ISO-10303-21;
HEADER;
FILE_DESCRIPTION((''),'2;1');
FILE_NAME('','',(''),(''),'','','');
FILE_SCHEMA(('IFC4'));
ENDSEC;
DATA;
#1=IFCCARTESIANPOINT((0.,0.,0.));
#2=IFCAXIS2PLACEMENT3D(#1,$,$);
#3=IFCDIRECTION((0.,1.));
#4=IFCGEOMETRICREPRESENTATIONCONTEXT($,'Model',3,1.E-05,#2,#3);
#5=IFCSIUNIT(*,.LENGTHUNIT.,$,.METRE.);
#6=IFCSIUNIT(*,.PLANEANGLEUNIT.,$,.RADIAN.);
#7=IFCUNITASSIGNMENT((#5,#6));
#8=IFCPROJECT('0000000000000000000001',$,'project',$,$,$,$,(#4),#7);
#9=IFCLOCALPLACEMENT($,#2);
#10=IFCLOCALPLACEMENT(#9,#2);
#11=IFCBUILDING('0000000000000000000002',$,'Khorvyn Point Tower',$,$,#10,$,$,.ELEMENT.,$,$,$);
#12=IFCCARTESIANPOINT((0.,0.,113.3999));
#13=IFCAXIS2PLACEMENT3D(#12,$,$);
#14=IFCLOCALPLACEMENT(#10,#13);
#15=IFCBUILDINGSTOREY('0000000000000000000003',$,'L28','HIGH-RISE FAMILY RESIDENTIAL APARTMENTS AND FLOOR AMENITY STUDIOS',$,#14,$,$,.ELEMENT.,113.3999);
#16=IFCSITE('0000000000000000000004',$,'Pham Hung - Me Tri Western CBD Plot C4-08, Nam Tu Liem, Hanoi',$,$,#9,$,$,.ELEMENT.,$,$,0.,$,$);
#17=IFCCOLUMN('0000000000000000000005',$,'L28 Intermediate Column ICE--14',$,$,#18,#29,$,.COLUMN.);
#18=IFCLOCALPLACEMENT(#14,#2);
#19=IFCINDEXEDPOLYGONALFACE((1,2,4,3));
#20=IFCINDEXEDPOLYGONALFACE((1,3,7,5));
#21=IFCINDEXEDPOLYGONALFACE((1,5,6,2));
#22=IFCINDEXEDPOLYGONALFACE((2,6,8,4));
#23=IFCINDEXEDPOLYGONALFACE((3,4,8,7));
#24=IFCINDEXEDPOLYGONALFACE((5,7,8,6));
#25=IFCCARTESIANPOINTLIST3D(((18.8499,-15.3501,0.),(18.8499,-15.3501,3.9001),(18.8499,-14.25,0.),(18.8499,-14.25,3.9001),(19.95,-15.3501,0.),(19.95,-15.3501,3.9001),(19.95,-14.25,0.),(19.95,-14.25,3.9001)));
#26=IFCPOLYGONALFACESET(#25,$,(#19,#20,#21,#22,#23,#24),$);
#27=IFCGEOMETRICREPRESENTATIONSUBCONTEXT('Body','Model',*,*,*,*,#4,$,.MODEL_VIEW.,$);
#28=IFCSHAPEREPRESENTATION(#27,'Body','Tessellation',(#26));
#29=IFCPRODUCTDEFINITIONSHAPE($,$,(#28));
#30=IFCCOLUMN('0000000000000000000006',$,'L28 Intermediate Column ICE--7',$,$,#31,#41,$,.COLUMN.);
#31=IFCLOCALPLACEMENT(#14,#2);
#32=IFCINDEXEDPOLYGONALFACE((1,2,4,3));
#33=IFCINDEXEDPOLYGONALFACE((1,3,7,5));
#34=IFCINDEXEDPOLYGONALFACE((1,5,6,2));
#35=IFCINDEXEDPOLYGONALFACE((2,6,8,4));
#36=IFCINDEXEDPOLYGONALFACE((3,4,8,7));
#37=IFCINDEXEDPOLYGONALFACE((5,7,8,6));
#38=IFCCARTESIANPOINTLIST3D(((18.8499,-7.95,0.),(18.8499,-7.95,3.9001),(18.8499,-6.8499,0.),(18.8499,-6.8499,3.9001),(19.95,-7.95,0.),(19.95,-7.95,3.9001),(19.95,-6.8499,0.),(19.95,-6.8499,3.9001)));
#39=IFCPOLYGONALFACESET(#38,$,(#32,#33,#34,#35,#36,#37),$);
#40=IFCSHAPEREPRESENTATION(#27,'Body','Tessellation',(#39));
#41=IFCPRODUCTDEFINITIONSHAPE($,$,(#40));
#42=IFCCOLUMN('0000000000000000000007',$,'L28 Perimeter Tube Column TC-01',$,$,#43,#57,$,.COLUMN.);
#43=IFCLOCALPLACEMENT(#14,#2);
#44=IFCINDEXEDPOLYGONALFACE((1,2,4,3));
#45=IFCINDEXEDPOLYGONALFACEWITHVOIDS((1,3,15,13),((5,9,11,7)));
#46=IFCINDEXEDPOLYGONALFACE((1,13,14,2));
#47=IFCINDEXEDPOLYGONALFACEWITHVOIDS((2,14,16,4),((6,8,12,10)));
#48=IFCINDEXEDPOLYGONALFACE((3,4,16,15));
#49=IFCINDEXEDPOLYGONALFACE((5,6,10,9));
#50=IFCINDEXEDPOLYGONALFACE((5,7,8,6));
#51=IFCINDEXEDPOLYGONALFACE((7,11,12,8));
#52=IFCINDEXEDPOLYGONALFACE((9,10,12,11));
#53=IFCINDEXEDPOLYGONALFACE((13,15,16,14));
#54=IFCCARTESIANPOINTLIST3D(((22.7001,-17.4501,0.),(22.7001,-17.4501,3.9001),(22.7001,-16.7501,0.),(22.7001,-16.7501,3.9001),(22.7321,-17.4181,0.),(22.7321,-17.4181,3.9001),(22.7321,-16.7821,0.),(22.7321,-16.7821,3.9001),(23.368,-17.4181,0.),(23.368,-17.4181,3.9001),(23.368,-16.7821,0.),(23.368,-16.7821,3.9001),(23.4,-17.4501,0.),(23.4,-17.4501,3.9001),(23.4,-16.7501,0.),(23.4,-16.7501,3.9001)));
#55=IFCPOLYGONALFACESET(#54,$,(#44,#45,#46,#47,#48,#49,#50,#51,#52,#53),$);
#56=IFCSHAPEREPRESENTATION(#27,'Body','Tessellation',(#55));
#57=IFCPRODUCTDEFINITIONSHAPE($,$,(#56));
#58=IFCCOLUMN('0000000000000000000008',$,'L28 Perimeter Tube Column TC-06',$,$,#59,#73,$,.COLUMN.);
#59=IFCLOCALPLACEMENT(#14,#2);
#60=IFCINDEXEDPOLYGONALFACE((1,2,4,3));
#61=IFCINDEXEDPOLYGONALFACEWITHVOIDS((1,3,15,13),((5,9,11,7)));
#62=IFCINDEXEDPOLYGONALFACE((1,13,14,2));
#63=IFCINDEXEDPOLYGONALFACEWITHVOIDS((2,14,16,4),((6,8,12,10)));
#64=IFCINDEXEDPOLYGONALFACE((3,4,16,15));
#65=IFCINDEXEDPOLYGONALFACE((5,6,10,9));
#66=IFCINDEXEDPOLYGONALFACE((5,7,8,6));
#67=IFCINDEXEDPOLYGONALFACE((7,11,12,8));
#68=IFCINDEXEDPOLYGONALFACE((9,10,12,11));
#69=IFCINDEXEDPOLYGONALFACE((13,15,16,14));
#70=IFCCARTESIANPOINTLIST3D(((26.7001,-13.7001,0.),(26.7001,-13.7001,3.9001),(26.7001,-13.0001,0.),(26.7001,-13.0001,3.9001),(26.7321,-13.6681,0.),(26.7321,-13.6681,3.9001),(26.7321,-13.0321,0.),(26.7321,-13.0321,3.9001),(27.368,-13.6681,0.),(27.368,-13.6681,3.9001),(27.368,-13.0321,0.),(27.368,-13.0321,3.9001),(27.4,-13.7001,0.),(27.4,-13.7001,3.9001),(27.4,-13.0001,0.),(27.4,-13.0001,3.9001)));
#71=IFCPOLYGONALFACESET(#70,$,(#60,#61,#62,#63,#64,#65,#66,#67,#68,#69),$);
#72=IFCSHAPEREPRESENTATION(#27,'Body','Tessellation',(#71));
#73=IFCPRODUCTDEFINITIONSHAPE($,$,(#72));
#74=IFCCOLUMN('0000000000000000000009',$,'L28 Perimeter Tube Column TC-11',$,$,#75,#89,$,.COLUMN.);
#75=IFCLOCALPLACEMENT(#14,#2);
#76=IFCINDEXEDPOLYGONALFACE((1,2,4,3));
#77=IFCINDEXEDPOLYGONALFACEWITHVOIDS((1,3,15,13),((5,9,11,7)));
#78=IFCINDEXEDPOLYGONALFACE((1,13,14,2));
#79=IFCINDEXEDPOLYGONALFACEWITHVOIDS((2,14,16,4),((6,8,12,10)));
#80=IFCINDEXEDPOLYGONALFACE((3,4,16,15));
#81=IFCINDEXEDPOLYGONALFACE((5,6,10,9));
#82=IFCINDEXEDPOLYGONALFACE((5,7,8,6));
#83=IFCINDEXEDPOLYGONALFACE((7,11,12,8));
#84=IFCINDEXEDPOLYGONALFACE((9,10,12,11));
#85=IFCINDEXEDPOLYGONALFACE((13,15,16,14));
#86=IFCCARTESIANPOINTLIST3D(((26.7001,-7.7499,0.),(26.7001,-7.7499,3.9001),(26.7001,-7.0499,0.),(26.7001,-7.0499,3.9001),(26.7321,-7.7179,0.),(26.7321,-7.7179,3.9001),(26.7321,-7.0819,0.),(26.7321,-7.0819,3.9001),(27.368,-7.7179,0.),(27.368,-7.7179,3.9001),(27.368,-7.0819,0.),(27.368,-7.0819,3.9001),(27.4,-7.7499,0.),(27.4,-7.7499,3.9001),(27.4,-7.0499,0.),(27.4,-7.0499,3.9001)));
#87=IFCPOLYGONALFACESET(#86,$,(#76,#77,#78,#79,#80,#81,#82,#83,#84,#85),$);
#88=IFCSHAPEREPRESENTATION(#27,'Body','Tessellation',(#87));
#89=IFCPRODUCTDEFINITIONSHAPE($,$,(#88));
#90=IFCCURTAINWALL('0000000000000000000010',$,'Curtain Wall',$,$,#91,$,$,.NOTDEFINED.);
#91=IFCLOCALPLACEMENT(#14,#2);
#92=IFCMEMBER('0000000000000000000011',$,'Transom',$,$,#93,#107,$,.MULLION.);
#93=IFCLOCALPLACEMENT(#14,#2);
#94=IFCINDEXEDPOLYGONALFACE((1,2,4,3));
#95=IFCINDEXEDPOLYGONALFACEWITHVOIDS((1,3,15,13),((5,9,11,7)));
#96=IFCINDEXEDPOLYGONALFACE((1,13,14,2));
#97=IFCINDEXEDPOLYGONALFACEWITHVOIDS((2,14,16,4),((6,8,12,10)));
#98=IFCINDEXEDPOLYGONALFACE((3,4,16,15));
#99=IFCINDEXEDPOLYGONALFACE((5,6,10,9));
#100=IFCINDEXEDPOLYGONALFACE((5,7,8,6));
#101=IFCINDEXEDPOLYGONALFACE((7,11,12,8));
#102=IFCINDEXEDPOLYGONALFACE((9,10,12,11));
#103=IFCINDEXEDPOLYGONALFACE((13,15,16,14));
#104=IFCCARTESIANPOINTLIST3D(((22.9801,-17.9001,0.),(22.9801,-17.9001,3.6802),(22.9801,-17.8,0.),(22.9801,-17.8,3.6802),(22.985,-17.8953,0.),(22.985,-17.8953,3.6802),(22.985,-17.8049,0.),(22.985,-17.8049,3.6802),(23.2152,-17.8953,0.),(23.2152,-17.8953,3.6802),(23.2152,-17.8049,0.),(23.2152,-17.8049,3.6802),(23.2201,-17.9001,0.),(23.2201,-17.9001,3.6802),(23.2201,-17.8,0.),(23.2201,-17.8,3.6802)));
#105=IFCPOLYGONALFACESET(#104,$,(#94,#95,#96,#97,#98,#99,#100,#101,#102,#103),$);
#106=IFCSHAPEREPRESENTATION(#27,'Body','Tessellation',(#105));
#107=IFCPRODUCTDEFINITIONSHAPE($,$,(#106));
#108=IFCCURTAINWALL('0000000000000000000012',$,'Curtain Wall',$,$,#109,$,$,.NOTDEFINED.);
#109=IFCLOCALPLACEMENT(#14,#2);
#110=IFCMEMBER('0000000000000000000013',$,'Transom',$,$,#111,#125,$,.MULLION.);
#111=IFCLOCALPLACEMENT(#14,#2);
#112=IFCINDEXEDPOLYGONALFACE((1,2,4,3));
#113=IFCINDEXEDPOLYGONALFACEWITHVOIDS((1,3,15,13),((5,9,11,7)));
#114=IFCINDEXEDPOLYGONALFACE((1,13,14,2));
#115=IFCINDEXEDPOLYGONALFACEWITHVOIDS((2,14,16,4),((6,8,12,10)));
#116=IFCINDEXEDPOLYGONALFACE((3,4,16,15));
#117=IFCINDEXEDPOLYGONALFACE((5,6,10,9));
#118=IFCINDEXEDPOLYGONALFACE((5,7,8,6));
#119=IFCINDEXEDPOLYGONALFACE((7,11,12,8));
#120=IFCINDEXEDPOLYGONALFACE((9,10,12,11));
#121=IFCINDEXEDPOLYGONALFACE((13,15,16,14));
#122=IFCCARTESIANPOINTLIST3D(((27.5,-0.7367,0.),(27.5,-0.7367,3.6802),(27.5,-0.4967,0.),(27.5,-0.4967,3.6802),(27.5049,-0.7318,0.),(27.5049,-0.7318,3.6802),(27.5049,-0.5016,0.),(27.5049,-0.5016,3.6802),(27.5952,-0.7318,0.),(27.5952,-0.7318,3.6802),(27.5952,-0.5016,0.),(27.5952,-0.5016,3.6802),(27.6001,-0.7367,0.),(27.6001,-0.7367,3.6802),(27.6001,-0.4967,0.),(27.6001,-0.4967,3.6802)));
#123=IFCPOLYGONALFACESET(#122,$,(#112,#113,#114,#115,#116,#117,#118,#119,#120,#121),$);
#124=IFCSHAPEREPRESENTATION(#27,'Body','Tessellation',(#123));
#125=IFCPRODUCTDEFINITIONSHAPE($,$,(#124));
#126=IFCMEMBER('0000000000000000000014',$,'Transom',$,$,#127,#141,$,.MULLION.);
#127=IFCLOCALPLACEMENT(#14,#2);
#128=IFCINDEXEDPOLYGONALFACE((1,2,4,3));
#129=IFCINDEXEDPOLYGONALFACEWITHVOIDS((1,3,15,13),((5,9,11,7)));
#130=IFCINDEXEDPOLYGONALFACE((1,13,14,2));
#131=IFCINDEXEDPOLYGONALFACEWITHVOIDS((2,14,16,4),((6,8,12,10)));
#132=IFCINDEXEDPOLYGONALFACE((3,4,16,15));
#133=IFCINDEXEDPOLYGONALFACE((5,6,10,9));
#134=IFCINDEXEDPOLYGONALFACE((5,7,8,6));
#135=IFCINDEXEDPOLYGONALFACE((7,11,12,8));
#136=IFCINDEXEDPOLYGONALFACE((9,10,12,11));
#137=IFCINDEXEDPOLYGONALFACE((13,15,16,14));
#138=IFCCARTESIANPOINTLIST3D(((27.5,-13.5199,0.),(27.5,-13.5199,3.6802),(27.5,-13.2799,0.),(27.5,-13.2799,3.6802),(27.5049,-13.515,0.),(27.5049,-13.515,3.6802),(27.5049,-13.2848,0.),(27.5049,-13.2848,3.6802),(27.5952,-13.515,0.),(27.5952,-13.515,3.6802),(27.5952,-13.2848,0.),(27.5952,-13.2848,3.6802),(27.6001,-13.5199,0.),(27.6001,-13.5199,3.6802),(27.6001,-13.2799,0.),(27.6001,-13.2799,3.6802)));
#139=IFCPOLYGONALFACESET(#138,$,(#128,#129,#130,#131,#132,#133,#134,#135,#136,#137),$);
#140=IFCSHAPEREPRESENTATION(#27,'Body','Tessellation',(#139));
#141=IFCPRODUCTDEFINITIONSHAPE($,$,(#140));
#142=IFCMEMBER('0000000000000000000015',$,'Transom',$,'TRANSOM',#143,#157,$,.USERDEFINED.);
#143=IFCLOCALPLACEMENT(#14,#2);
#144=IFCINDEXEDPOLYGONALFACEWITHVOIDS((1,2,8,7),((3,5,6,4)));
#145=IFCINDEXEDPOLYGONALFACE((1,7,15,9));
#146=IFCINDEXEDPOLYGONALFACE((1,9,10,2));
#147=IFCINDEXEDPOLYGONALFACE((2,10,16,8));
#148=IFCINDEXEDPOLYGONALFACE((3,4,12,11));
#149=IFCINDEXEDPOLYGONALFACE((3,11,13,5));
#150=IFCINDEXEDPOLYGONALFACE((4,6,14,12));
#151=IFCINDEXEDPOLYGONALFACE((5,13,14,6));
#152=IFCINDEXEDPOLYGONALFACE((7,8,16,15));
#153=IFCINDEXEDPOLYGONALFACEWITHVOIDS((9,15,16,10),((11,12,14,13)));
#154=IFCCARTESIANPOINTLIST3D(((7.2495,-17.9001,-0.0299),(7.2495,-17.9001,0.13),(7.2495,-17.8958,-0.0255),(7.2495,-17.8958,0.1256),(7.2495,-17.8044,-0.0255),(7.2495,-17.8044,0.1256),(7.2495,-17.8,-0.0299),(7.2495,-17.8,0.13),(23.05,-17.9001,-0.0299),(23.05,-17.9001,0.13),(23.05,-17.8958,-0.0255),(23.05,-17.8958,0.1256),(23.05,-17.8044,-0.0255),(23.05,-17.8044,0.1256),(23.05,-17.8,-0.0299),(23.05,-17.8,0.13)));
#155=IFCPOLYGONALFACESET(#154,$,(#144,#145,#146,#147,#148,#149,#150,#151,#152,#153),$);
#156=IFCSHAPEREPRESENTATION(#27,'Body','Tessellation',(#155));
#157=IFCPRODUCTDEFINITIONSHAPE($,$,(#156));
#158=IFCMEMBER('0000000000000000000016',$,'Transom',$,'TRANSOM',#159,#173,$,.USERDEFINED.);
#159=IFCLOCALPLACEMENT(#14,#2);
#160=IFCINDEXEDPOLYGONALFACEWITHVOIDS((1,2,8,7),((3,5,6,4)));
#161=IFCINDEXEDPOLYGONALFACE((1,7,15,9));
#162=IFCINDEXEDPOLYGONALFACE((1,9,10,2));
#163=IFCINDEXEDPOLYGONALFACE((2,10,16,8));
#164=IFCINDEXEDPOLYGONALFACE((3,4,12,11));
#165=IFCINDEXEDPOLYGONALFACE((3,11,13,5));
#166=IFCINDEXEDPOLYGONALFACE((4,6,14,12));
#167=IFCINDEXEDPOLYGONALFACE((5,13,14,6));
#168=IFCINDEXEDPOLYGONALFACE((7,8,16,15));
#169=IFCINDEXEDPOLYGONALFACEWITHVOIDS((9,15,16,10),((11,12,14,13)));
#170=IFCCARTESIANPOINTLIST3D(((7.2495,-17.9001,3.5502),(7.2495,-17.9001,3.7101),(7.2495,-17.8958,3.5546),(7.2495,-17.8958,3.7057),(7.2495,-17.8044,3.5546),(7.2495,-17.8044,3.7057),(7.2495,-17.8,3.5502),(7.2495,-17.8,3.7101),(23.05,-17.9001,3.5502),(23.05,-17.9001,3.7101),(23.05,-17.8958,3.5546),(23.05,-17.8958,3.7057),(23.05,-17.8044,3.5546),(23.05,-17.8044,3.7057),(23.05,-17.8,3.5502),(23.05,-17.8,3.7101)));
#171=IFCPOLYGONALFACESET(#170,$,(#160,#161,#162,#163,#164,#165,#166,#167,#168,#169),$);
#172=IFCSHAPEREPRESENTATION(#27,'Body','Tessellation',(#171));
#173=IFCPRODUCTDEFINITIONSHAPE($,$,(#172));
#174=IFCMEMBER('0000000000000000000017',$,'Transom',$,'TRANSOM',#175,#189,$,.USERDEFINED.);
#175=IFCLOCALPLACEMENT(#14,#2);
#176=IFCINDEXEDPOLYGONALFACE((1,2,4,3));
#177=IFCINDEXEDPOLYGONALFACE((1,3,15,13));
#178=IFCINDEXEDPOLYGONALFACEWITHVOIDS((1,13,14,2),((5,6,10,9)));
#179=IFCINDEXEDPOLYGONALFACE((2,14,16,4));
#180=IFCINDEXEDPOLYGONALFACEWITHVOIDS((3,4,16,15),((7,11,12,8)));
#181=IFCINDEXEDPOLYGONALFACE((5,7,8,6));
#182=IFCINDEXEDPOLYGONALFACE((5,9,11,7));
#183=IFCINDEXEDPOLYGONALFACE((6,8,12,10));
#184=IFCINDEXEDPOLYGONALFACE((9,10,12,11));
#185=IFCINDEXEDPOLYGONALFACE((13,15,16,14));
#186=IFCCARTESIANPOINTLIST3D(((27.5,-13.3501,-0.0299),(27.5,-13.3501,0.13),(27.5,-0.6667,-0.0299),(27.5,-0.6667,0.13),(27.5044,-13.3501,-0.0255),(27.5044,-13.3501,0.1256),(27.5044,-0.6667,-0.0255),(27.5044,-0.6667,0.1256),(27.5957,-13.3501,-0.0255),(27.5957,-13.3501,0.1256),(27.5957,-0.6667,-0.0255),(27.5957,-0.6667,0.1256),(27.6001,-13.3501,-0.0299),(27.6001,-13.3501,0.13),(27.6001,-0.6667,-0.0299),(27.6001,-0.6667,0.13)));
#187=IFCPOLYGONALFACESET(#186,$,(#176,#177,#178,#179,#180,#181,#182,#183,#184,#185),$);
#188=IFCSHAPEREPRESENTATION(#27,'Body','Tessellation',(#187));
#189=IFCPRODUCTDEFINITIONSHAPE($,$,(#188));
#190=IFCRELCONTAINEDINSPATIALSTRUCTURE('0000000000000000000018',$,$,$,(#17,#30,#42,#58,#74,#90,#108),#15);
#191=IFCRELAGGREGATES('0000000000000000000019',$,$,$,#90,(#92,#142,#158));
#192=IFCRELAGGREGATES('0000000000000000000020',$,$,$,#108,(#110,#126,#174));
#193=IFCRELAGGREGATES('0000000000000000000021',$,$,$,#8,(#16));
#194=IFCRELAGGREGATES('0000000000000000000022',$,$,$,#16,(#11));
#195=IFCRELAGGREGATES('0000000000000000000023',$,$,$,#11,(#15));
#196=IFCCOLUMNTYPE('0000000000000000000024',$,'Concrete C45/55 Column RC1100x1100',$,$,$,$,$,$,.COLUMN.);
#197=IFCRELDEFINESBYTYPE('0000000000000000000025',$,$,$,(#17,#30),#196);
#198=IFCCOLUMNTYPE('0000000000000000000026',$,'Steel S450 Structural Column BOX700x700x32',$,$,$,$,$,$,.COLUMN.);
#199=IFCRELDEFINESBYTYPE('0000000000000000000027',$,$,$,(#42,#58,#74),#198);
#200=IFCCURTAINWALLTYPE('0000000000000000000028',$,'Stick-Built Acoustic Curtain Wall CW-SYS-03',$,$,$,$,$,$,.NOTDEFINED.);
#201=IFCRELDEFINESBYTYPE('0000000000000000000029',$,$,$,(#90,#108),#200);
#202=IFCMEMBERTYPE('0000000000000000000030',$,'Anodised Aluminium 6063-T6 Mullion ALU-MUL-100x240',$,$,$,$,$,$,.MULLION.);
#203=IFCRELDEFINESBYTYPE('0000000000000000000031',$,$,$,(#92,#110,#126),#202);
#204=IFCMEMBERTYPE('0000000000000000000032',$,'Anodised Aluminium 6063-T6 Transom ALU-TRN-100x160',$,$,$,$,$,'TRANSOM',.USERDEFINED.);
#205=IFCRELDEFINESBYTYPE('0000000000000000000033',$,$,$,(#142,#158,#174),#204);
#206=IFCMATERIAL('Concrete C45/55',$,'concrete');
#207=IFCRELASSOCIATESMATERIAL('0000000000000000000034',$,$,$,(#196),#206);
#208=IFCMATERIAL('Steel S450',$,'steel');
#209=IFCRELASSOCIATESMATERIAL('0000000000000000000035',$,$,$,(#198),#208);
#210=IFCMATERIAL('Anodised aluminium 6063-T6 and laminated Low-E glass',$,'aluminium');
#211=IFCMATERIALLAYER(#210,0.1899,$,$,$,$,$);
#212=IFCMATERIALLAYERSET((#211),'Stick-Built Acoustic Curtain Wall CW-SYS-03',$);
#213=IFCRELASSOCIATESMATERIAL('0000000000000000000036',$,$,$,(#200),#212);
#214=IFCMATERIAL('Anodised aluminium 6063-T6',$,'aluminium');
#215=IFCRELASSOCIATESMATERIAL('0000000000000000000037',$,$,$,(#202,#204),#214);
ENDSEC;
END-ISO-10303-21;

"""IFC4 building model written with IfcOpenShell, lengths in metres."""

from ifc_helpers import new_model, si_unit, direction, frame, origin, origin_2d, place, context, subcontext, project, spatial, rectangle, hollow_rectangle, extrude, material, layer, layer_set, material_profile, profile_set, type_object, element, aggregate, save


model = new_model("IFC4")

# Units and contexts
model_context = context("Model", 3, precision=1e-05, world=origin(), true_north=direction((0.0, 1.0)))
body_context = subcontext(model_context, "Body", "Model", "MODEL_VIEW")
ifc_project = project(units=[si_unit("LENGTHUNIT", "METRE"), si_unit("PLANEANGLEUNIT", "RADIAN")], contexts=[model_context])

# Site, building, storey
site_placement = place(None, origin())
site = spatial("IfcSite", under=ifc_project, at=site_placement, Name="Pham Hung - Me Tri Western CBD Plot C4-08, Nam Tu Liem, Hanoi", CompositionType="ELEMENT", RefElevation=0.0)
building_placement = place(site_placement, origin())
building = spatial("IfcBuilding", under=site, at=building_placement, Name="Khorvyn Point Tower", CompositionType="ELEMENT")
storey_placement = place(building_placement, frame((0.0, 0.0, 113.3999)))
storey = spatial("IfcBuildingStorey", under=building, at=storey_placement, Name="L28", Description="HIGH-RISE FAMILY RESIDENTIAL APARTMENTS AND FLOOR AMENITY STUDIOS", CompositionType="ELEMENT", Elevation=113.3999)

# Columns
ifc_material_1 = material(Name="Concrete C45/55", Category="concrete")
ifc_material_profile_1 = material_profile(ifc_material_1, rectangle(XDim=1.1001, YDim=1.1001, at=origin_2d()))
ifc_profile_set_1 = profile_set([ifc_material_profile_1], Name="Concrete C45/55 RC1100x1100")
column_type_1 = type_object("IfcColumnType", Name="Concrete C45/55 Column RC1100x1100", PredefinedType="COLUMN", material=ifc_profile_set_1)
for number, where, z_axis, x_axis, name in (
    (1, (19.3999, -14.8, 0.0), (0.0, 0.0, 1.0), (1.0, 0.0, 0.0), "L28 Intermediate Column ICE--14"),
    (2, (19.3999, -7.3999, 0.0), (0.0, 0.0, 1.0), (1.0, 0.0, 0.0), "L28 Intermediate Column ICE--7"),
):
    element("IfcColumn", number, at=place(storey_placement, frame(where, z_axis=z_axis, x_axis=x_axis)), inside=storey, type_object=column_type_1, Name=name, PredefinedType="COLUMN", context=body_context, shape_type="SweptSolid", body=[
        extrude(rectangle(XDim=1.1001, YDim=1.1001, at=origin_2d()), origin(), (0.0, 0.0, 1.0), 3.9001),
    ])
ifc_material_2 = material(Name="Steel S450", Category="steel")
ifc_material_profile_2 = material_profile(ifc_material_2, hollow_rectangle(XDim=0.7, YDim=0.7, WallThickness=0.032, at=origin_2d()))
ifc_profile_set_2 = profile_set([ifc_material_profile_2], Name="Steel S450 BOX700x700x32")
column_type_2 = type_object("IfcColumnType", Name="Steel S450 Structural Column BOX700x700x32", PredefinedType="COLUMN", material=ifc_profile_set_2)
for number, where, z_axis, x_axis, name in (
    (3, (23.05, -17.1001, 0.0), (0.0, 0.0, 1.0), (1.0, 0.0, 0.0), "L28 Perimeter Tube Column TC-01"),
    (4, (27.05, -13.3501, 0.0), (0.0, 0.0, 1.0), (1.0, 0.0, 0.0), "L28 Perimeter Tube Column TC-06"),
    (5, (27.05, -7.3999, 0.0), (0.0, 0.0, 1.0), (1.0, 0.0, 0.0), "L28 Perimeter Tube Column TC-11"),
):
    element("IfcColumn", number, at=place(storey_placement, frame(where, z_axis=z_axis, x_axis=x_axis)), inside=storey, type_object=column_type_2, Name=name, PredefinedType="COLUMN", context=body_context, shape_type="SweptSolid", body=[
        extrude(hollow_rectangle(XDim=0.7, YDim=0.7, WallThickness=0.032, at=origin_2d()), origin(), (0.0, 0.0, 1.0), 3.9001),
    ])

# Curtain wall, member
ifc_material_3 = material(Name="Anodised aluminium 6063-T6 and laminated Low-E glass", Category="aluminium")
ifc_layer_1 = layer(ifc_material_3, 0.1899)
ifc_layer_set_1 = layer_set([ifc_layer_1], Name="Stick-Built Acoustic Curtain Wall CW-SYS-03")
curtain_wall_type = type_object("IfcCurtainWallType", Name="Stick-Built Acoustic Curtain Wall CW-SYS-03", PredefinedType="NOTDEFINED", material=ifc_layer_set_1)
curtain_wall_1_placement = place(storey_placement, origin())
curtain_wall_1 = element("IfcCurtainWall", 6, at=curtain_wall_1_placement, inside=storey, type_object=curtain_wall_type, Name="Curtain Wall", PredefinedType="NOTDEFINED")
ifc_material_4 = material(Name="Anodised aluminium 6063-T6", Category="aluminium")
ifc_material_profile_3 = material_profile(ifc_material_4, hollow_rectangle(XDim=0.1001, YDim=0.24, WallThickness=0.0049, at=origin_2d()))
ifc_profile_set_3 = profile_set([ifc_material_profile_3], Name="Anodised aluminium 6063-T6 ALU-MUL-100x240")
member_type_1 = type_object("IfcMemberType", Name="Anodised Aluminium 6063-T6 Mullion ALU-MUL-100x240", PredefinedType="MULLION", material=ifc_profile_set_3)
member_1_placement = place(storey_placement, frame((23.1001, -17.8501, 0.0), z_axis=(0.0, 0.0, 1.0), x_axis=(0.0, -1.0, 0.0)))
member_1 = element("IfcMember", 7, at=member_1_placement, type_object=member_type_1, Name="Transom", PredefinedType="MULLION", context=body_context, shape_type="SweptSolid", body=[
    extrude(hollow_rectangle(XDim=0.1001, YDim=0.24, WallThickness=0.0049, at=origin_2d()), origin(), (0.0, 0.0, 1.0), 3.6802),
])

# Curtain wall, members
curtain_wall_2_placement = place(storey_placement, origin())
curtain_wall_2 = element("IfcCurtainWall", 8, at=curtain_wall_2_placement, inside=storey, type_object=curtain_wall_type, Name="Curtain Wall", PredefinedType="NOTDEFINED")
member_2_placement = place(storey_placement, frame((27.55, -0.6167, 0.0), z_axis=(0.0, 0.0, 1.0), x_axis=(1.0, 0.0, 0.0)))
member_2 = element("IfcMember", 9, at=member_2_placement, type_object=member_type_1, Name="Transom", PredefinedType="MULLION", context=body_context, shape_type="SweptSolid", body=[
    extrude(hollow_rectangle(XDim=0.1001, YDim=0.24, WallThickness=0.0049, at=origin_2d()), origin(), (0.0, 0.0, 1.0), 3.6802),
])
member_3_placement = place(storey_placement, frame((27.55, -13.3999, 0.0), z_axis=(0.0, 0.0, 1.0), x_axis=(1.0, 0.0, 0.0)))
member_3 = element("IfcMember", 10, at=member_3_placement, type_object=member_type_1, Name="Transom", PredefinedType="MULLION", context=body_context, shape_type="SweptSolid", body=[
    extrude(hollow_rectangle(XDim=0.1001, YDim=0.24, WallThickness=0.0049, at=origin_2d()), origin(), (0.0, 0.0, 1.0), 3.6802),
])

# Members
ifc_material_profile_4 = material_profile(ifc_material_4, hollow_rectangle(XDim=0.1001, YDim=0.1599, WallThickness=0.0044, at=origin_2d()))
ifc_profile_set_4 = profile_set([ifc_material_profile_4], Name="Anodised aluminium 6063-T6 ALU-TRN-100x160")
member_type_2 = type_object("IfcMemberType", Name="Anodised Aluminium 6063-T6 Transom ALU-TRN-100x160", ElementType="TRANSOM", PredefinedType="USERDEFINED", material=ifc_profile_set_4)
member_4_placement = place(storey_placement, frame((23.05, -17.8501, 0.05), z_axis=(-1.0, 0.0, 0.0), x_axis=(0.0, -1.0, 0.0)))
member_4 = element("IfcMember", 11, at=member_4_placement, type_object=member_type_2, Name="Transom", ObjectType="TRANSOM", PredefinedType="USERDEFINED", context=body_context, shape_type="SweptSolid", body=[
    extrude(hollow_rectangle(XDim=0.1001, YDim=0.1599, WallThickness=0.0044, at=origin_2d()), origin(), (0.0, 0.0, 1.0), 15.8005),
])
member_5_placement = place(storey_placement, frame((23.05, -17.8501, 3.6301), z_axis=(-1.0, 0.0, 0.0), x_axis=(0.0, -1.0, 0.0)))
member_5 = element("IfcMember", 12, at=member_5_placement, type_object=member_type_2, Name="Transom", ObjectType="TRANSOM", PredefinedType="USERDEFINED", context=body_context, shape_type="SweptSolid", body=[
    extrude(hollow_rectangle(XDim=0.1001, YDim=0.1599, WallThickness=0.0044, at=origin_2d()), origin(), (0.0, 0.0, 1.0), 15.8005),
])
aggregate(curtain_wall_1, [member_1, member_4, member_5])
member_6_placement = place(storey_placement, frame((27.55, -0.6667, 0.05), z_axis=(0.0, -1.0, 0.0), x_axis=(1.0, 0.0, 0.0)))
member_6 = element("IfcMember", 13, at=member_6_placement, type_object=member_type_2, Name="Transom", ObjectType="TRANSOM", PredefinedType="USERDEFINED", context=body_context, shape_type="SweptSolid", body=[
    extrude(hollow_rectangle(XDim=0.1001, YDim=0.1599, WallThickness=0.0044, at=origin_2d()), origin(), (0.0, 0.0, 1.0), 12.6833),
])

aggregate(curtain_wall_2, [member_2, member_3, member_6])

save(model, "model.ifc")
